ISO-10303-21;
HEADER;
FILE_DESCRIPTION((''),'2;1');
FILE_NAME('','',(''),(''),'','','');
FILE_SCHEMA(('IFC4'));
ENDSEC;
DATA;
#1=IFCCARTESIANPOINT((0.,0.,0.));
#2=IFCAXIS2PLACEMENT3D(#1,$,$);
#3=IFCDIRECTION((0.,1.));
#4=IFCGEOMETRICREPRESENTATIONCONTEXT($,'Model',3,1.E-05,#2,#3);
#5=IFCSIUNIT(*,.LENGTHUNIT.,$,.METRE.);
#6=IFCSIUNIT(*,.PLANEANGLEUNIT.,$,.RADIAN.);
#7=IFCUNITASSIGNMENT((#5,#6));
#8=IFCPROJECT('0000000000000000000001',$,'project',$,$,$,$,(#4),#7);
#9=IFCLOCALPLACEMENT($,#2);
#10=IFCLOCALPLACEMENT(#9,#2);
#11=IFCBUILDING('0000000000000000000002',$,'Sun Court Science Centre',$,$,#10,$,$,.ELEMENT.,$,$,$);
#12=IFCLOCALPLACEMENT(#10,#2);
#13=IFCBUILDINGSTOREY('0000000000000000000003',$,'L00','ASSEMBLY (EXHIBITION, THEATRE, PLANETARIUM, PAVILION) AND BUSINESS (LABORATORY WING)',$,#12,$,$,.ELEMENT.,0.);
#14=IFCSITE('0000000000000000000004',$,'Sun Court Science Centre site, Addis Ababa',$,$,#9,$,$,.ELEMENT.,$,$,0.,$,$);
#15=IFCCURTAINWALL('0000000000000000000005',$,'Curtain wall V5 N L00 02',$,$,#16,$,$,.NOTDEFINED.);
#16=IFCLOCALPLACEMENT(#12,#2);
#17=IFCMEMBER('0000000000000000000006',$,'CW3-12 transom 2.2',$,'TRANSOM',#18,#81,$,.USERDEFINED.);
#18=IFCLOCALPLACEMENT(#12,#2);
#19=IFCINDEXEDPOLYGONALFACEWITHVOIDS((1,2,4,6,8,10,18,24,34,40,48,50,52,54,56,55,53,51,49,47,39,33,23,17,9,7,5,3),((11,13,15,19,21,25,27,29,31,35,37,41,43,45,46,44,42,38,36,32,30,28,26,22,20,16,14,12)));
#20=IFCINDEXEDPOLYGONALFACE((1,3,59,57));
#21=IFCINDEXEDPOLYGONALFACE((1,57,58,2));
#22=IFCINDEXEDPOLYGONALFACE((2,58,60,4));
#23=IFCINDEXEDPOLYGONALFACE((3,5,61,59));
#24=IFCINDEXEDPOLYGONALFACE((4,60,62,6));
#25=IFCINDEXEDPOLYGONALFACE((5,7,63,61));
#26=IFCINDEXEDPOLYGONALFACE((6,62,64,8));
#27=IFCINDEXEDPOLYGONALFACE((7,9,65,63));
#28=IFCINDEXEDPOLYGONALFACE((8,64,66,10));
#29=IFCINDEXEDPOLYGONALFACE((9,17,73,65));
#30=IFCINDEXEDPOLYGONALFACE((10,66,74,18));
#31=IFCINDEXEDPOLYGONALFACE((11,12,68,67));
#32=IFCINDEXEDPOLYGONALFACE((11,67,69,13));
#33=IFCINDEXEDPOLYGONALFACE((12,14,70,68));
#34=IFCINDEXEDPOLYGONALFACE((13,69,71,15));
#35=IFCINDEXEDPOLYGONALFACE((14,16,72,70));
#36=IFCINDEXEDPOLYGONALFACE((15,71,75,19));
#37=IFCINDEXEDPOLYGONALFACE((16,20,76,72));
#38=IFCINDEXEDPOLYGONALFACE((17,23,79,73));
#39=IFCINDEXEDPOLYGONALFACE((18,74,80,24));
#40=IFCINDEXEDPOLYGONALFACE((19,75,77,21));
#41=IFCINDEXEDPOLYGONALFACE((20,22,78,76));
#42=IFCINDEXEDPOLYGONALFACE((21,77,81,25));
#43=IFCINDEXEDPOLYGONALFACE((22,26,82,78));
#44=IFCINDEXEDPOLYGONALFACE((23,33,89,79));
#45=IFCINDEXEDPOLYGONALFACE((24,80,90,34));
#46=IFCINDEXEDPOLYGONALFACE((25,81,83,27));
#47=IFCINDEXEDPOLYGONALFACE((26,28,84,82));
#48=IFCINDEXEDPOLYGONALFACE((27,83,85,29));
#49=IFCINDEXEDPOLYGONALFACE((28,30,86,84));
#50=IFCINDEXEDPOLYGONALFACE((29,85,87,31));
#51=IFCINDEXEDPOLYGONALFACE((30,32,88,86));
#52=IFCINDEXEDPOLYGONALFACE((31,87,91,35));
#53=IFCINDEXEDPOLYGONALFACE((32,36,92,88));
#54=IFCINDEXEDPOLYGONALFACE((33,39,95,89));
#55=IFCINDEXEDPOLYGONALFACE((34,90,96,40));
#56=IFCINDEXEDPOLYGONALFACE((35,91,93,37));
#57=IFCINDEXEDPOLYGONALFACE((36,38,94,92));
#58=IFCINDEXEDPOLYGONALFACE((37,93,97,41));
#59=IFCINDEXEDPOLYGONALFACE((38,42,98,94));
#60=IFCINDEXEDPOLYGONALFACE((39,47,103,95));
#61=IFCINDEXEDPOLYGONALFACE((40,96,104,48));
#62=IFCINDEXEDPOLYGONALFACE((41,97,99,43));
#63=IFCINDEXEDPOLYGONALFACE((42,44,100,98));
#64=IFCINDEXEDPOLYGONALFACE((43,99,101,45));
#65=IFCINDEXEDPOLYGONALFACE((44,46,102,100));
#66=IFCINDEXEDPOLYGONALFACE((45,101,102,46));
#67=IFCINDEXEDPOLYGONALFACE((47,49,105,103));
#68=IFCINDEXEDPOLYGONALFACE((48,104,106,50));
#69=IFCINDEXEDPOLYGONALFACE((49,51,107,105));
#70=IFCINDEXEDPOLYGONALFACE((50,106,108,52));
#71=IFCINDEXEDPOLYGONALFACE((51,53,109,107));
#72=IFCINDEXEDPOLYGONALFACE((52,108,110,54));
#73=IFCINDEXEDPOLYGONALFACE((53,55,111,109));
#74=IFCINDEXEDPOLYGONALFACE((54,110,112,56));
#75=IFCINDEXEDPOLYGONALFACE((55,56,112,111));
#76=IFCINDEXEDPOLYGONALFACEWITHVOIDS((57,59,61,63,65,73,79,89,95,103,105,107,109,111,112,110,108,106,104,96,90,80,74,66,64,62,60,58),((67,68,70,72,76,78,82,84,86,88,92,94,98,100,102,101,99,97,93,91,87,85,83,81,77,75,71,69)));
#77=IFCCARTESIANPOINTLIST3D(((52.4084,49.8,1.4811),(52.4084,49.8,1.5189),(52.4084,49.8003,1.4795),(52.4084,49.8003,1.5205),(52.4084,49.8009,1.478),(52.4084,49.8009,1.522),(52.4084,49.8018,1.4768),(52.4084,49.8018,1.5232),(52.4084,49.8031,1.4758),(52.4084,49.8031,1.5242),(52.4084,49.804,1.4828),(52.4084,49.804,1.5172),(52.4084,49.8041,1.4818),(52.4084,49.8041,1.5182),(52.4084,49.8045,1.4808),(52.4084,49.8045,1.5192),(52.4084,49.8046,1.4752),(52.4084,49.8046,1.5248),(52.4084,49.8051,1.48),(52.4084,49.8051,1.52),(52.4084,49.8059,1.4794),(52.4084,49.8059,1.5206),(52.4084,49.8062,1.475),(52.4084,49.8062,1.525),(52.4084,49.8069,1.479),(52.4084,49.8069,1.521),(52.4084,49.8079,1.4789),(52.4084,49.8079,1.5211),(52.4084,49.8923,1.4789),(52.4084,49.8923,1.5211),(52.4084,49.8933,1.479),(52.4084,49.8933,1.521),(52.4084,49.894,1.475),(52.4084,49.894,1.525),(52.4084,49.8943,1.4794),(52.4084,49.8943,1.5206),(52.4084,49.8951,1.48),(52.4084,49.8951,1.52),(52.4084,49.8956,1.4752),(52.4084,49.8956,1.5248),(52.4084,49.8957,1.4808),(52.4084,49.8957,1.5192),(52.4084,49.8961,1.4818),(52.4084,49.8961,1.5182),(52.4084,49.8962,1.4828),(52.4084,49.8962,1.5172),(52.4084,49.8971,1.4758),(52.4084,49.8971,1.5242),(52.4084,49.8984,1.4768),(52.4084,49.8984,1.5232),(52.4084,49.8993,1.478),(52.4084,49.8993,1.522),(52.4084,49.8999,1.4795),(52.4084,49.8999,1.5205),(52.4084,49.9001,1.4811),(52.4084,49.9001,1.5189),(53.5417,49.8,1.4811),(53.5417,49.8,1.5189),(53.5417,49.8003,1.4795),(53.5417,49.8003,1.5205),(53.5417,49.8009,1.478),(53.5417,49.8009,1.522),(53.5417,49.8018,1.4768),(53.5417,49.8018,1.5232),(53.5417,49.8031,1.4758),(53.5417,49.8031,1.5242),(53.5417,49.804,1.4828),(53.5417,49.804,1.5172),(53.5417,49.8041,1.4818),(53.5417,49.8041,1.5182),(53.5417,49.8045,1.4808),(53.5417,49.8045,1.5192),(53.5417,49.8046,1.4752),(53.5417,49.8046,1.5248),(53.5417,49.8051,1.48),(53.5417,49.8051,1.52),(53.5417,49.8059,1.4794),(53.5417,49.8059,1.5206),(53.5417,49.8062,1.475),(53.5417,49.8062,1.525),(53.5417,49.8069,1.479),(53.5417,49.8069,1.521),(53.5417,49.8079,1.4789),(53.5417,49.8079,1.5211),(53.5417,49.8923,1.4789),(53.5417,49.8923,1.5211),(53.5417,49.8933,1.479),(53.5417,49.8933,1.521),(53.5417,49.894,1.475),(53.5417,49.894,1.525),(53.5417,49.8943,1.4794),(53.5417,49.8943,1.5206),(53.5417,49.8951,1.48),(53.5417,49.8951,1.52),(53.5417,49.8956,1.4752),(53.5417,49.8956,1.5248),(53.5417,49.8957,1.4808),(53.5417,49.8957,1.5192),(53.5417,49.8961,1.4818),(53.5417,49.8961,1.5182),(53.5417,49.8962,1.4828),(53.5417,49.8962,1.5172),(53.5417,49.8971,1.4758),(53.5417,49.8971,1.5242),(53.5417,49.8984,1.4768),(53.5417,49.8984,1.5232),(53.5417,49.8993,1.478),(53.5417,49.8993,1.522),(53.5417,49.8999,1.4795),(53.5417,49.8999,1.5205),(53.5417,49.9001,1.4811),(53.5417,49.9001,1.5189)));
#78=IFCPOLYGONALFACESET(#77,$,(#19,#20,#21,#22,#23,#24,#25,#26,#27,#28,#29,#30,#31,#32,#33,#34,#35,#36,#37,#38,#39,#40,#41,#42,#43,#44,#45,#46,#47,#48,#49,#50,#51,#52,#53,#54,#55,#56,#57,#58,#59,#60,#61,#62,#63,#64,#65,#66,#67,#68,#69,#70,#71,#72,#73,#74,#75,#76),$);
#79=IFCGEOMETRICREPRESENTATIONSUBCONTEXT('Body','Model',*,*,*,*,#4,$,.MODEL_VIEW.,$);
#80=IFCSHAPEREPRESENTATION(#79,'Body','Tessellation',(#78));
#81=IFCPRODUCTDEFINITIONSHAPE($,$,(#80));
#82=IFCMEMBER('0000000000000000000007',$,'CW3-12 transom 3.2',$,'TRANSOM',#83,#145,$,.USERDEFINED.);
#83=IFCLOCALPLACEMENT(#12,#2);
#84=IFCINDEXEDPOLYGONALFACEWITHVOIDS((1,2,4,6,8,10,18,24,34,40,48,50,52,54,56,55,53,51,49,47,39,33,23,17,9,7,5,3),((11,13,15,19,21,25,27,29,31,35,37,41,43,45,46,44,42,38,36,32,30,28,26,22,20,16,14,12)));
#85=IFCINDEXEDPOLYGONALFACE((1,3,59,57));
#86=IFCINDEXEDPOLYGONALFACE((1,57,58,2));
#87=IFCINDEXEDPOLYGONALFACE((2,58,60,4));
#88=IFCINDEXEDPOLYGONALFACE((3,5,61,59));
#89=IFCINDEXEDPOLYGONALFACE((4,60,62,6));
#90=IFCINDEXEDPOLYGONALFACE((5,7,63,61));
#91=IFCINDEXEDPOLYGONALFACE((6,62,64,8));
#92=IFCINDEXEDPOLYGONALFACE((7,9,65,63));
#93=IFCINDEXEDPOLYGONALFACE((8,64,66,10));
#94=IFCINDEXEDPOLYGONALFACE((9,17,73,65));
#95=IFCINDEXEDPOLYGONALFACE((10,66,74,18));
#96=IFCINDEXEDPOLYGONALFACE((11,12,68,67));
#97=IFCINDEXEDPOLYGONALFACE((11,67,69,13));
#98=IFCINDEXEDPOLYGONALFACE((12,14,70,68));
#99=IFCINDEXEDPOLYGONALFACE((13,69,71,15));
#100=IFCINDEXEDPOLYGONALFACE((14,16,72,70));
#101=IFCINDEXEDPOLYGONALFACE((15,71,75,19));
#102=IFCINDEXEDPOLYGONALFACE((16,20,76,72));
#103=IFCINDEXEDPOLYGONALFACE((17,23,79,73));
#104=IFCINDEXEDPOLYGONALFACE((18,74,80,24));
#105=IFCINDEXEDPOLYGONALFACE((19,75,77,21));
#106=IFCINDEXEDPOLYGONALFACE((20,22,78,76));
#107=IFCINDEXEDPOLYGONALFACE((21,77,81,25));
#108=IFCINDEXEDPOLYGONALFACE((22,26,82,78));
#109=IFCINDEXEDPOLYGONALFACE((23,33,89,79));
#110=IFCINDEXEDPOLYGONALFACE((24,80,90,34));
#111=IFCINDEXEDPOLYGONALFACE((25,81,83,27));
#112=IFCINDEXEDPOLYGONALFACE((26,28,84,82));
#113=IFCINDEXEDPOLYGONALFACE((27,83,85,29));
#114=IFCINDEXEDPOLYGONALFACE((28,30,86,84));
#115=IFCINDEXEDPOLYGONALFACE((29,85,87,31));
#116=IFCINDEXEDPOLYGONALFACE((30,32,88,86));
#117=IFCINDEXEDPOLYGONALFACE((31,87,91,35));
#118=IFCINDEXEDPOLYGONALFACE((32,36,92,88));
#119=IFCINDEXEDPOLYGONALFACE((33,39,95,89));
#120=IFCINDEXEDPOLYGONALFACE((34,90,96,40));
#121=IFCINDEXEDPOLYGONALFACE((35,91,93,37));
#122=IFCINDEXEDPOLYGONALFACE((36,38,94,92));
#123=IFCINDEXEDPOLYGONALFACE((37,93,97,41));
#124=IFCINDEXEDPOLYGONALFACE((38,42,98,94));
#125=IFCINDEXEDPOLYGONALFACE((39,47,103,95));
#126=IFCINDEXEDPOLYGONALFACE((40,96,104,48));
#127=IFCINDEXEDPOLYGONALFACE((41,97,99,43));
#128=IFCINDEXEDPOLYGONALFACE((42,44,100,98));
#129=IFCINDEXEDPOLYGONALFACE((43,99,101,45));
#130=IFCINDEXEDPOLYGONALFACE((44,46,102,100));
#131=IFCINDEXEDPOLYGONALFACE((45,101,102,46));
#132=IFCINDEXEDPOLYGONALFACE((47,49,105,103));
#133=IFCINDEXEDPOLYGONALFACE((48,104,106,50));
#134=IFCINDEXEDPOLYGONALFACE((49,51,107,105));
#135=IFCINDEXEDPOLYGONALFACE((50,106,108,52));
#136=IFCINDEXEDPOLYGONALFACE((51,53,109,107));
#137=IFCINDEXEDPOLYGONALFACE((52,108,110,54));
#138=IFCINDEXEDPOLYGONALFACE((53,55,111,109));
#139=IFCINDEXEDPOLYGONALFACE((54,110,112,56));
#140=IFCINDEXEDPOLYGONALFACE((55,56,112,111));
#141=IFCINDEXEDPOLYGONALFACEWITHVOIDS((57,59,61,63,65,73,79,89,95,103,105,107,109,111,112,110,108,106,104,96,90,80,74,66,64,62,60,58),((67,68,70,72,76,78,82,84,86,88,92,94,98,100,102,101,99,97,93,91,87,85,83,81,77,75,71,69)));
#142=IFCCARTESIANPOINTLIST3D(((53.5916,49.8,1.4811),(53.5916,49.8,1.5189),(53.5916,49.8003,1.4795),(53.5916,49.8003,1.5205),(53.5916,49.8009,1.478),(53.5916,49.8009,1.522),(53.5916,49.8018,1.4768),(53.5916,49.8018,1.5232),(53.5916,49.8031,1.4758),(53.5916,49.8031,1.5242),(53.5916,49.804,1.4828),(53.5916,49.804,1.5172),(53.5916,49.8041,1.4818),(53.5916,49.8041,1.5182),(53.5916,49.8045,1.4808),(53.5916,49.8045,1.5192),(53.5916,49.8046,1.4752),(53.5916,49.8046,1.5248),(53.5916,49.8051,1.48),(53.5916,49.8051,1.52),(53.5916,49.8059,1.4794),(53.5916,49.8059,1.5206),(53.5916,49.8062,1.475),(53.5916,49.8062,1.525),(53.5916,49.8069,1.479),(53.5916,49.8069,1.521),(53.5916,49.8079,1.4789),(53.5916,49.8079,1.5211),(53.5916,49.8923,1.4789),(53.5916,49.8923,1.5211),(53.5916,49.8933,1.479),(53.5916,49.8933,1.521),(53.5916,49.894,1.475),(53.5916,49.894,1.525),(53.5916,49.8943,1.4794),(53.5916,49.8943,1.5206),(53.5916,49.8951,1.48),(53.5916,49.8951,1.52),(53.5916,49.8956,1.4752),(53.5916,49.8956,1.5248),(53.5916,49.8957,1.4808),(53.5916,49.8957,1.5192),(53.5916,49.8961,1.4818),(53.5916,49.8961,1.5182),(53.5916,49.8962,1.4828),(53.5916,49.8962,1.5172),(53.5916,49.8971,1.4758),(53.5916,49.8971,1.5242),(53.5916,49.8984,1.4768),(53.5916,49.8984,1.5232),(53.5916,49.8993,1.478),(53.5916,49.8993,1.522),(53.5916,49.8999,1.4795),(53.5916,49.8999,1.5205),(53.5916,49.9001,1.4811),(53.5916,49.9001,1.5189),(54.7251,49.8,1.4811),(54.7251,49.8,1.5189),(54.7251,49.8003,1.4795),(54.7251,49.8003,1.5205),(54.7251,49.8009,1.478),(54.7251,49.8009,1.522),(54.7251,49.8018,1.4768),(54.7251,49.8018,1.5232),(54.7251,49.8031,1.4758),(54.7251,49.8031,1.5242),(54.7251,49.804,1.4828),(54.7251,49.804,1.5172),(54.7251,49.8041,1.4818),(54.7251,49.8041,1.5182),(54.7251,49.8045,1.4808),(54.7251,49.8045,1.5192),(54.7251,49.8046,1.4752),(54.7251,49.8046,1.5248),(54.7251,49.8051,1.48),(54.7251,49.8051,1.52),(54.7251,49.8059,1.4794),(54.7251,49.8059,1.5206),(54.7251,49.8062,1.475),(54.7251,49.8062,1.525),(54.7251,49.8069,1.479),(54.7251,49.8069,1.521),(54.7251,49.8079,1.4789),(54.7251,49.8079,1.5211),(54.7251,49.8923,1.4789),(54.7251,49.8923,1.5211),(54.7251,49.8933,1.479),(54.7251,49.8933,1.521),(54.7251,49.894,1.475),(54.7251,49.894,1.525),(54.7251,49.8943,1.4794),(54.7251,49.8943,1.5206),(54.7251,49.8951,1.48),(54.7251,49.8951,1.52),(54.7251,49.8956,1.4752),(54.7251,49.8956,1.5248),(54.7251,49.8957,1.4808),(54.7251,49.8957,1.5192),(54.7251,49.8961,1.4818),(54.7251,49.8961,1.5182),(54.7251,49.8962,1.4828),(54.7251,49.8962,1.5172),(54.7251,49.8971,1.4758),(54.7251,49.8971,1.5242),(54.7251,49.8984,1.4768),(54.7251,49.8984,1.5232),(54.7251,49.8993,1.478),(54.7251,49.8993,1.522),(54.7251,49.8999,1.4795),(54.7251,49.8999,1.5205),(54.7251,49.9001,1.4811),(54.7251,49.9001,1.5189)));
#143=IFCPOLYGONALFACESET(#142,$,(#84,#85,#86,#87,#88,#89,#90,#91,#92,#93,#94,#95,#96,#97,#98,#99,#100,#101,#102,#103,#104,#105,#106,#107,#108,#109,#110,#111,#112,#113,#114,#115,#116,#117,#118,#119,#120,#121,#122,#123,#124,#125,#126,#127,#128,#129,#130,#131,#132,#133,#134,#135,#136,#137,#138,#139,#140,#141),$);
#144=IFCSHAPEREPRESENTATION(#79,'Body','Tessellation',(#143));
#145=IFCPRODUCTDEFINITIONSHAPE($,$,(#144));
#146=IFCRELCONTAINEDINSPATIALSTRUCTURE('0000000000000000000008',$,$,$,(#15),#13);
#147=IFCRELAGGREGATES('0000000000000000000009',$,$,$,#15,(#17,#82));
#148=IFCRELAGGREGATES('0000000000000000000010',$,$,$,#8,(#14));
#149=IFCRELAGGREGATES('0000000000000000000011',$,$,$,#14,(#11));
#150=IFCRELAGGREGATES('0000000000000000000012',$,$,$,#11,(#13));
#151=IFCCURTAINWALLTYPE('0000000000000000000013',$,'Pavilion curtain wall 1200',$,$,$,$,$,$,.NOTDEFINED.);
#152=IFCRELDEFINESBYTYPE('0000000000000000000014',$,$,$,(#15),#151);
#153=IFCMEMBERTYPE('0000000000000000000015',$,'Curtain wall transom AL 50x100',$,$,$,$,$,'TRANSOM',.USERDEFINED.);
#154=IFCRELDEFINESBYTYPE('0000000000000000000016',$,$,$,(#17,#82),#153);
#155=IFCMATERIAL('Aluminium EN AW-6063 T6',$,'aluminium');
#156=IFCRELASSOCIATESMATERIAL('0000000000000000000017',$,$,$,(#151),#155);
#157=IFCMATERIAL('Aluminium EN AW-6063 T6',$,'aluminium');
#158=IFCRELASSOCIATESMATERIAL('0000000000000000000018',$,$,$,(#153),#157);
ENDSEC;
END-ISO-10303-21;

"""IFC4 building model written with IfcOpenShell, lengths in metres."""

from ifc_helpers import new_model, si_unit, direction, frame, origin, origin_2d, place, context, subcontext, project, spatial, hollow_rectangle, extrude, material, material_profile, profile_set, type_object, element, aggregate, save


model = new_model("IFC4")

# Units and contexts
model_context = context("Model", 3, precision=1e-05, world=origin(), true_north=direction((0.0, 1.0)))
body_context = subcontext(model_context, "Body", "Model", "MODEL_VIEW")
ifc_project = project(units=[si_unit("LENGTHUNIT", "METRE"), si_unit("PLANEANGLEUNIT", "RADIAN")], contexts=[model_context])

# Site, building, storey
site_placement = place(None, origin())
site = spatial("IfcSite", under=ifc_project, at=site_placement, Name="Sun Court Science Centre site, Addis Ababa", CompositionType="ELEMENT", RefElevation=0.0)
building_placement = place(site_placement, origin())
building = spatial("IfcBuilding", under=site, at=building_placement, Name="Sun Court Science Centre", CompositionType="ELEMENT")
storey_placement = place(building_placement, origin())
storey = spatial("IfcBuildingStorey", under=building, at=storey_placement, Name="L00", Description="ASSEMBLY (EXHIBITION, THEATRE, PLANETARIUM, PAVILION) AND BUSINESS (LABORATORY WING)", CompositionType="ELEMENT", Elevation=0.0)

# Curtain wall, members
ifc_material_1 = material(Name="Aluminium EN AW-6063 T6", Category="aluminium")
curtain_wall_type = type_object("IfcCurtainWallType", Name="Pavilion curtain wall 1200", PredefinedType="NOTDEFINED", material=ifc_material_1)
curtain_wall_placement = place(storey_placement, origin())
curtain_wall = element("IfcCurtainWall", 1, at=curtain_wall_placement, inside=storey, type_object=curtain_wall_type, Name="Curtain wall V5 N L00 02", PredefinedType="NOTDEFINED")
ifc_material_2 = material(Name="Aluminium EN AW-6063 T6", Category="aluminium")
ifc_material_profile_1 = material_profile(ifc_material_2, hollow_rectangle(XDim=0.05, YDim=0.1001, WallThickness=0.0039, InnerFilletRadius=0.0039, OuterFilletRadius=0.0061, at=origin_2d()), Name="AL 50x100x4")
ifc_profile_set_1 = profile_set([ifc_material_profile_1], Name="Aluminium EN AW-6063 T6")
member_type_1 = type_object("IfcMemberType", Name="Curtain wall transom AL 50x100", ElementType="TRANSOM", PredefinedType="USERDEFINED", material=ifc_profile_set_1)
member_1_placement = place(storey_placement, frame((52.4084, 49.8501, 1.5), z_axis=(1.0, 0.0, 0.0), x_axis=(0.0, 0.0, 1.0)))
member_1 = element("IfcMember", 2, at=member_1_placement, type_object=member_type_1, Name="CW3-12 transom 2.2", ObjectType="TRANSOM", PredefinedType="USERDEFINED", context=body_context, shape_type="SweptSolid", body=[
    extrude(hollow_rectangle(XDim=0.05, YDim=0.1001, WallThickness=0.0039, InnerFilletRadius=0.0039, OuterFilletRadius=0.0061, at=origin_2d()), origin(), (0.0, 0.0, 1.0), 1.1333),
])
member_2_placement = place(storey_placement, frame((53.5916, 49.8501, 1.5), z_axis=(1.0, 0.0, 0.0), x_axis=(0.0, 0.0, 1.0)))
member_2 = element("IfcMember", 3, at=member_2_placement, type_object=member_type_1, Name="CW3-12 transom 3.2", ObjectType="TRANSOM", PredefinedType="USERDEFINED", context=body_context, shape_type="SweptSolid", body=[
    extrude(hollow_rectangle(XDim=0.05, YDim=0.1001, WallThickness=0.0039, InnerFilletRadius=0.0039, OuterFilletRadius=0.0061, at=origin_2d()), origin(), (0.0, 0.0, 1.0), 1.1335),
])
aggregate(curtain_wall, [member_1, member_2])

save(model, "model.ifc")
